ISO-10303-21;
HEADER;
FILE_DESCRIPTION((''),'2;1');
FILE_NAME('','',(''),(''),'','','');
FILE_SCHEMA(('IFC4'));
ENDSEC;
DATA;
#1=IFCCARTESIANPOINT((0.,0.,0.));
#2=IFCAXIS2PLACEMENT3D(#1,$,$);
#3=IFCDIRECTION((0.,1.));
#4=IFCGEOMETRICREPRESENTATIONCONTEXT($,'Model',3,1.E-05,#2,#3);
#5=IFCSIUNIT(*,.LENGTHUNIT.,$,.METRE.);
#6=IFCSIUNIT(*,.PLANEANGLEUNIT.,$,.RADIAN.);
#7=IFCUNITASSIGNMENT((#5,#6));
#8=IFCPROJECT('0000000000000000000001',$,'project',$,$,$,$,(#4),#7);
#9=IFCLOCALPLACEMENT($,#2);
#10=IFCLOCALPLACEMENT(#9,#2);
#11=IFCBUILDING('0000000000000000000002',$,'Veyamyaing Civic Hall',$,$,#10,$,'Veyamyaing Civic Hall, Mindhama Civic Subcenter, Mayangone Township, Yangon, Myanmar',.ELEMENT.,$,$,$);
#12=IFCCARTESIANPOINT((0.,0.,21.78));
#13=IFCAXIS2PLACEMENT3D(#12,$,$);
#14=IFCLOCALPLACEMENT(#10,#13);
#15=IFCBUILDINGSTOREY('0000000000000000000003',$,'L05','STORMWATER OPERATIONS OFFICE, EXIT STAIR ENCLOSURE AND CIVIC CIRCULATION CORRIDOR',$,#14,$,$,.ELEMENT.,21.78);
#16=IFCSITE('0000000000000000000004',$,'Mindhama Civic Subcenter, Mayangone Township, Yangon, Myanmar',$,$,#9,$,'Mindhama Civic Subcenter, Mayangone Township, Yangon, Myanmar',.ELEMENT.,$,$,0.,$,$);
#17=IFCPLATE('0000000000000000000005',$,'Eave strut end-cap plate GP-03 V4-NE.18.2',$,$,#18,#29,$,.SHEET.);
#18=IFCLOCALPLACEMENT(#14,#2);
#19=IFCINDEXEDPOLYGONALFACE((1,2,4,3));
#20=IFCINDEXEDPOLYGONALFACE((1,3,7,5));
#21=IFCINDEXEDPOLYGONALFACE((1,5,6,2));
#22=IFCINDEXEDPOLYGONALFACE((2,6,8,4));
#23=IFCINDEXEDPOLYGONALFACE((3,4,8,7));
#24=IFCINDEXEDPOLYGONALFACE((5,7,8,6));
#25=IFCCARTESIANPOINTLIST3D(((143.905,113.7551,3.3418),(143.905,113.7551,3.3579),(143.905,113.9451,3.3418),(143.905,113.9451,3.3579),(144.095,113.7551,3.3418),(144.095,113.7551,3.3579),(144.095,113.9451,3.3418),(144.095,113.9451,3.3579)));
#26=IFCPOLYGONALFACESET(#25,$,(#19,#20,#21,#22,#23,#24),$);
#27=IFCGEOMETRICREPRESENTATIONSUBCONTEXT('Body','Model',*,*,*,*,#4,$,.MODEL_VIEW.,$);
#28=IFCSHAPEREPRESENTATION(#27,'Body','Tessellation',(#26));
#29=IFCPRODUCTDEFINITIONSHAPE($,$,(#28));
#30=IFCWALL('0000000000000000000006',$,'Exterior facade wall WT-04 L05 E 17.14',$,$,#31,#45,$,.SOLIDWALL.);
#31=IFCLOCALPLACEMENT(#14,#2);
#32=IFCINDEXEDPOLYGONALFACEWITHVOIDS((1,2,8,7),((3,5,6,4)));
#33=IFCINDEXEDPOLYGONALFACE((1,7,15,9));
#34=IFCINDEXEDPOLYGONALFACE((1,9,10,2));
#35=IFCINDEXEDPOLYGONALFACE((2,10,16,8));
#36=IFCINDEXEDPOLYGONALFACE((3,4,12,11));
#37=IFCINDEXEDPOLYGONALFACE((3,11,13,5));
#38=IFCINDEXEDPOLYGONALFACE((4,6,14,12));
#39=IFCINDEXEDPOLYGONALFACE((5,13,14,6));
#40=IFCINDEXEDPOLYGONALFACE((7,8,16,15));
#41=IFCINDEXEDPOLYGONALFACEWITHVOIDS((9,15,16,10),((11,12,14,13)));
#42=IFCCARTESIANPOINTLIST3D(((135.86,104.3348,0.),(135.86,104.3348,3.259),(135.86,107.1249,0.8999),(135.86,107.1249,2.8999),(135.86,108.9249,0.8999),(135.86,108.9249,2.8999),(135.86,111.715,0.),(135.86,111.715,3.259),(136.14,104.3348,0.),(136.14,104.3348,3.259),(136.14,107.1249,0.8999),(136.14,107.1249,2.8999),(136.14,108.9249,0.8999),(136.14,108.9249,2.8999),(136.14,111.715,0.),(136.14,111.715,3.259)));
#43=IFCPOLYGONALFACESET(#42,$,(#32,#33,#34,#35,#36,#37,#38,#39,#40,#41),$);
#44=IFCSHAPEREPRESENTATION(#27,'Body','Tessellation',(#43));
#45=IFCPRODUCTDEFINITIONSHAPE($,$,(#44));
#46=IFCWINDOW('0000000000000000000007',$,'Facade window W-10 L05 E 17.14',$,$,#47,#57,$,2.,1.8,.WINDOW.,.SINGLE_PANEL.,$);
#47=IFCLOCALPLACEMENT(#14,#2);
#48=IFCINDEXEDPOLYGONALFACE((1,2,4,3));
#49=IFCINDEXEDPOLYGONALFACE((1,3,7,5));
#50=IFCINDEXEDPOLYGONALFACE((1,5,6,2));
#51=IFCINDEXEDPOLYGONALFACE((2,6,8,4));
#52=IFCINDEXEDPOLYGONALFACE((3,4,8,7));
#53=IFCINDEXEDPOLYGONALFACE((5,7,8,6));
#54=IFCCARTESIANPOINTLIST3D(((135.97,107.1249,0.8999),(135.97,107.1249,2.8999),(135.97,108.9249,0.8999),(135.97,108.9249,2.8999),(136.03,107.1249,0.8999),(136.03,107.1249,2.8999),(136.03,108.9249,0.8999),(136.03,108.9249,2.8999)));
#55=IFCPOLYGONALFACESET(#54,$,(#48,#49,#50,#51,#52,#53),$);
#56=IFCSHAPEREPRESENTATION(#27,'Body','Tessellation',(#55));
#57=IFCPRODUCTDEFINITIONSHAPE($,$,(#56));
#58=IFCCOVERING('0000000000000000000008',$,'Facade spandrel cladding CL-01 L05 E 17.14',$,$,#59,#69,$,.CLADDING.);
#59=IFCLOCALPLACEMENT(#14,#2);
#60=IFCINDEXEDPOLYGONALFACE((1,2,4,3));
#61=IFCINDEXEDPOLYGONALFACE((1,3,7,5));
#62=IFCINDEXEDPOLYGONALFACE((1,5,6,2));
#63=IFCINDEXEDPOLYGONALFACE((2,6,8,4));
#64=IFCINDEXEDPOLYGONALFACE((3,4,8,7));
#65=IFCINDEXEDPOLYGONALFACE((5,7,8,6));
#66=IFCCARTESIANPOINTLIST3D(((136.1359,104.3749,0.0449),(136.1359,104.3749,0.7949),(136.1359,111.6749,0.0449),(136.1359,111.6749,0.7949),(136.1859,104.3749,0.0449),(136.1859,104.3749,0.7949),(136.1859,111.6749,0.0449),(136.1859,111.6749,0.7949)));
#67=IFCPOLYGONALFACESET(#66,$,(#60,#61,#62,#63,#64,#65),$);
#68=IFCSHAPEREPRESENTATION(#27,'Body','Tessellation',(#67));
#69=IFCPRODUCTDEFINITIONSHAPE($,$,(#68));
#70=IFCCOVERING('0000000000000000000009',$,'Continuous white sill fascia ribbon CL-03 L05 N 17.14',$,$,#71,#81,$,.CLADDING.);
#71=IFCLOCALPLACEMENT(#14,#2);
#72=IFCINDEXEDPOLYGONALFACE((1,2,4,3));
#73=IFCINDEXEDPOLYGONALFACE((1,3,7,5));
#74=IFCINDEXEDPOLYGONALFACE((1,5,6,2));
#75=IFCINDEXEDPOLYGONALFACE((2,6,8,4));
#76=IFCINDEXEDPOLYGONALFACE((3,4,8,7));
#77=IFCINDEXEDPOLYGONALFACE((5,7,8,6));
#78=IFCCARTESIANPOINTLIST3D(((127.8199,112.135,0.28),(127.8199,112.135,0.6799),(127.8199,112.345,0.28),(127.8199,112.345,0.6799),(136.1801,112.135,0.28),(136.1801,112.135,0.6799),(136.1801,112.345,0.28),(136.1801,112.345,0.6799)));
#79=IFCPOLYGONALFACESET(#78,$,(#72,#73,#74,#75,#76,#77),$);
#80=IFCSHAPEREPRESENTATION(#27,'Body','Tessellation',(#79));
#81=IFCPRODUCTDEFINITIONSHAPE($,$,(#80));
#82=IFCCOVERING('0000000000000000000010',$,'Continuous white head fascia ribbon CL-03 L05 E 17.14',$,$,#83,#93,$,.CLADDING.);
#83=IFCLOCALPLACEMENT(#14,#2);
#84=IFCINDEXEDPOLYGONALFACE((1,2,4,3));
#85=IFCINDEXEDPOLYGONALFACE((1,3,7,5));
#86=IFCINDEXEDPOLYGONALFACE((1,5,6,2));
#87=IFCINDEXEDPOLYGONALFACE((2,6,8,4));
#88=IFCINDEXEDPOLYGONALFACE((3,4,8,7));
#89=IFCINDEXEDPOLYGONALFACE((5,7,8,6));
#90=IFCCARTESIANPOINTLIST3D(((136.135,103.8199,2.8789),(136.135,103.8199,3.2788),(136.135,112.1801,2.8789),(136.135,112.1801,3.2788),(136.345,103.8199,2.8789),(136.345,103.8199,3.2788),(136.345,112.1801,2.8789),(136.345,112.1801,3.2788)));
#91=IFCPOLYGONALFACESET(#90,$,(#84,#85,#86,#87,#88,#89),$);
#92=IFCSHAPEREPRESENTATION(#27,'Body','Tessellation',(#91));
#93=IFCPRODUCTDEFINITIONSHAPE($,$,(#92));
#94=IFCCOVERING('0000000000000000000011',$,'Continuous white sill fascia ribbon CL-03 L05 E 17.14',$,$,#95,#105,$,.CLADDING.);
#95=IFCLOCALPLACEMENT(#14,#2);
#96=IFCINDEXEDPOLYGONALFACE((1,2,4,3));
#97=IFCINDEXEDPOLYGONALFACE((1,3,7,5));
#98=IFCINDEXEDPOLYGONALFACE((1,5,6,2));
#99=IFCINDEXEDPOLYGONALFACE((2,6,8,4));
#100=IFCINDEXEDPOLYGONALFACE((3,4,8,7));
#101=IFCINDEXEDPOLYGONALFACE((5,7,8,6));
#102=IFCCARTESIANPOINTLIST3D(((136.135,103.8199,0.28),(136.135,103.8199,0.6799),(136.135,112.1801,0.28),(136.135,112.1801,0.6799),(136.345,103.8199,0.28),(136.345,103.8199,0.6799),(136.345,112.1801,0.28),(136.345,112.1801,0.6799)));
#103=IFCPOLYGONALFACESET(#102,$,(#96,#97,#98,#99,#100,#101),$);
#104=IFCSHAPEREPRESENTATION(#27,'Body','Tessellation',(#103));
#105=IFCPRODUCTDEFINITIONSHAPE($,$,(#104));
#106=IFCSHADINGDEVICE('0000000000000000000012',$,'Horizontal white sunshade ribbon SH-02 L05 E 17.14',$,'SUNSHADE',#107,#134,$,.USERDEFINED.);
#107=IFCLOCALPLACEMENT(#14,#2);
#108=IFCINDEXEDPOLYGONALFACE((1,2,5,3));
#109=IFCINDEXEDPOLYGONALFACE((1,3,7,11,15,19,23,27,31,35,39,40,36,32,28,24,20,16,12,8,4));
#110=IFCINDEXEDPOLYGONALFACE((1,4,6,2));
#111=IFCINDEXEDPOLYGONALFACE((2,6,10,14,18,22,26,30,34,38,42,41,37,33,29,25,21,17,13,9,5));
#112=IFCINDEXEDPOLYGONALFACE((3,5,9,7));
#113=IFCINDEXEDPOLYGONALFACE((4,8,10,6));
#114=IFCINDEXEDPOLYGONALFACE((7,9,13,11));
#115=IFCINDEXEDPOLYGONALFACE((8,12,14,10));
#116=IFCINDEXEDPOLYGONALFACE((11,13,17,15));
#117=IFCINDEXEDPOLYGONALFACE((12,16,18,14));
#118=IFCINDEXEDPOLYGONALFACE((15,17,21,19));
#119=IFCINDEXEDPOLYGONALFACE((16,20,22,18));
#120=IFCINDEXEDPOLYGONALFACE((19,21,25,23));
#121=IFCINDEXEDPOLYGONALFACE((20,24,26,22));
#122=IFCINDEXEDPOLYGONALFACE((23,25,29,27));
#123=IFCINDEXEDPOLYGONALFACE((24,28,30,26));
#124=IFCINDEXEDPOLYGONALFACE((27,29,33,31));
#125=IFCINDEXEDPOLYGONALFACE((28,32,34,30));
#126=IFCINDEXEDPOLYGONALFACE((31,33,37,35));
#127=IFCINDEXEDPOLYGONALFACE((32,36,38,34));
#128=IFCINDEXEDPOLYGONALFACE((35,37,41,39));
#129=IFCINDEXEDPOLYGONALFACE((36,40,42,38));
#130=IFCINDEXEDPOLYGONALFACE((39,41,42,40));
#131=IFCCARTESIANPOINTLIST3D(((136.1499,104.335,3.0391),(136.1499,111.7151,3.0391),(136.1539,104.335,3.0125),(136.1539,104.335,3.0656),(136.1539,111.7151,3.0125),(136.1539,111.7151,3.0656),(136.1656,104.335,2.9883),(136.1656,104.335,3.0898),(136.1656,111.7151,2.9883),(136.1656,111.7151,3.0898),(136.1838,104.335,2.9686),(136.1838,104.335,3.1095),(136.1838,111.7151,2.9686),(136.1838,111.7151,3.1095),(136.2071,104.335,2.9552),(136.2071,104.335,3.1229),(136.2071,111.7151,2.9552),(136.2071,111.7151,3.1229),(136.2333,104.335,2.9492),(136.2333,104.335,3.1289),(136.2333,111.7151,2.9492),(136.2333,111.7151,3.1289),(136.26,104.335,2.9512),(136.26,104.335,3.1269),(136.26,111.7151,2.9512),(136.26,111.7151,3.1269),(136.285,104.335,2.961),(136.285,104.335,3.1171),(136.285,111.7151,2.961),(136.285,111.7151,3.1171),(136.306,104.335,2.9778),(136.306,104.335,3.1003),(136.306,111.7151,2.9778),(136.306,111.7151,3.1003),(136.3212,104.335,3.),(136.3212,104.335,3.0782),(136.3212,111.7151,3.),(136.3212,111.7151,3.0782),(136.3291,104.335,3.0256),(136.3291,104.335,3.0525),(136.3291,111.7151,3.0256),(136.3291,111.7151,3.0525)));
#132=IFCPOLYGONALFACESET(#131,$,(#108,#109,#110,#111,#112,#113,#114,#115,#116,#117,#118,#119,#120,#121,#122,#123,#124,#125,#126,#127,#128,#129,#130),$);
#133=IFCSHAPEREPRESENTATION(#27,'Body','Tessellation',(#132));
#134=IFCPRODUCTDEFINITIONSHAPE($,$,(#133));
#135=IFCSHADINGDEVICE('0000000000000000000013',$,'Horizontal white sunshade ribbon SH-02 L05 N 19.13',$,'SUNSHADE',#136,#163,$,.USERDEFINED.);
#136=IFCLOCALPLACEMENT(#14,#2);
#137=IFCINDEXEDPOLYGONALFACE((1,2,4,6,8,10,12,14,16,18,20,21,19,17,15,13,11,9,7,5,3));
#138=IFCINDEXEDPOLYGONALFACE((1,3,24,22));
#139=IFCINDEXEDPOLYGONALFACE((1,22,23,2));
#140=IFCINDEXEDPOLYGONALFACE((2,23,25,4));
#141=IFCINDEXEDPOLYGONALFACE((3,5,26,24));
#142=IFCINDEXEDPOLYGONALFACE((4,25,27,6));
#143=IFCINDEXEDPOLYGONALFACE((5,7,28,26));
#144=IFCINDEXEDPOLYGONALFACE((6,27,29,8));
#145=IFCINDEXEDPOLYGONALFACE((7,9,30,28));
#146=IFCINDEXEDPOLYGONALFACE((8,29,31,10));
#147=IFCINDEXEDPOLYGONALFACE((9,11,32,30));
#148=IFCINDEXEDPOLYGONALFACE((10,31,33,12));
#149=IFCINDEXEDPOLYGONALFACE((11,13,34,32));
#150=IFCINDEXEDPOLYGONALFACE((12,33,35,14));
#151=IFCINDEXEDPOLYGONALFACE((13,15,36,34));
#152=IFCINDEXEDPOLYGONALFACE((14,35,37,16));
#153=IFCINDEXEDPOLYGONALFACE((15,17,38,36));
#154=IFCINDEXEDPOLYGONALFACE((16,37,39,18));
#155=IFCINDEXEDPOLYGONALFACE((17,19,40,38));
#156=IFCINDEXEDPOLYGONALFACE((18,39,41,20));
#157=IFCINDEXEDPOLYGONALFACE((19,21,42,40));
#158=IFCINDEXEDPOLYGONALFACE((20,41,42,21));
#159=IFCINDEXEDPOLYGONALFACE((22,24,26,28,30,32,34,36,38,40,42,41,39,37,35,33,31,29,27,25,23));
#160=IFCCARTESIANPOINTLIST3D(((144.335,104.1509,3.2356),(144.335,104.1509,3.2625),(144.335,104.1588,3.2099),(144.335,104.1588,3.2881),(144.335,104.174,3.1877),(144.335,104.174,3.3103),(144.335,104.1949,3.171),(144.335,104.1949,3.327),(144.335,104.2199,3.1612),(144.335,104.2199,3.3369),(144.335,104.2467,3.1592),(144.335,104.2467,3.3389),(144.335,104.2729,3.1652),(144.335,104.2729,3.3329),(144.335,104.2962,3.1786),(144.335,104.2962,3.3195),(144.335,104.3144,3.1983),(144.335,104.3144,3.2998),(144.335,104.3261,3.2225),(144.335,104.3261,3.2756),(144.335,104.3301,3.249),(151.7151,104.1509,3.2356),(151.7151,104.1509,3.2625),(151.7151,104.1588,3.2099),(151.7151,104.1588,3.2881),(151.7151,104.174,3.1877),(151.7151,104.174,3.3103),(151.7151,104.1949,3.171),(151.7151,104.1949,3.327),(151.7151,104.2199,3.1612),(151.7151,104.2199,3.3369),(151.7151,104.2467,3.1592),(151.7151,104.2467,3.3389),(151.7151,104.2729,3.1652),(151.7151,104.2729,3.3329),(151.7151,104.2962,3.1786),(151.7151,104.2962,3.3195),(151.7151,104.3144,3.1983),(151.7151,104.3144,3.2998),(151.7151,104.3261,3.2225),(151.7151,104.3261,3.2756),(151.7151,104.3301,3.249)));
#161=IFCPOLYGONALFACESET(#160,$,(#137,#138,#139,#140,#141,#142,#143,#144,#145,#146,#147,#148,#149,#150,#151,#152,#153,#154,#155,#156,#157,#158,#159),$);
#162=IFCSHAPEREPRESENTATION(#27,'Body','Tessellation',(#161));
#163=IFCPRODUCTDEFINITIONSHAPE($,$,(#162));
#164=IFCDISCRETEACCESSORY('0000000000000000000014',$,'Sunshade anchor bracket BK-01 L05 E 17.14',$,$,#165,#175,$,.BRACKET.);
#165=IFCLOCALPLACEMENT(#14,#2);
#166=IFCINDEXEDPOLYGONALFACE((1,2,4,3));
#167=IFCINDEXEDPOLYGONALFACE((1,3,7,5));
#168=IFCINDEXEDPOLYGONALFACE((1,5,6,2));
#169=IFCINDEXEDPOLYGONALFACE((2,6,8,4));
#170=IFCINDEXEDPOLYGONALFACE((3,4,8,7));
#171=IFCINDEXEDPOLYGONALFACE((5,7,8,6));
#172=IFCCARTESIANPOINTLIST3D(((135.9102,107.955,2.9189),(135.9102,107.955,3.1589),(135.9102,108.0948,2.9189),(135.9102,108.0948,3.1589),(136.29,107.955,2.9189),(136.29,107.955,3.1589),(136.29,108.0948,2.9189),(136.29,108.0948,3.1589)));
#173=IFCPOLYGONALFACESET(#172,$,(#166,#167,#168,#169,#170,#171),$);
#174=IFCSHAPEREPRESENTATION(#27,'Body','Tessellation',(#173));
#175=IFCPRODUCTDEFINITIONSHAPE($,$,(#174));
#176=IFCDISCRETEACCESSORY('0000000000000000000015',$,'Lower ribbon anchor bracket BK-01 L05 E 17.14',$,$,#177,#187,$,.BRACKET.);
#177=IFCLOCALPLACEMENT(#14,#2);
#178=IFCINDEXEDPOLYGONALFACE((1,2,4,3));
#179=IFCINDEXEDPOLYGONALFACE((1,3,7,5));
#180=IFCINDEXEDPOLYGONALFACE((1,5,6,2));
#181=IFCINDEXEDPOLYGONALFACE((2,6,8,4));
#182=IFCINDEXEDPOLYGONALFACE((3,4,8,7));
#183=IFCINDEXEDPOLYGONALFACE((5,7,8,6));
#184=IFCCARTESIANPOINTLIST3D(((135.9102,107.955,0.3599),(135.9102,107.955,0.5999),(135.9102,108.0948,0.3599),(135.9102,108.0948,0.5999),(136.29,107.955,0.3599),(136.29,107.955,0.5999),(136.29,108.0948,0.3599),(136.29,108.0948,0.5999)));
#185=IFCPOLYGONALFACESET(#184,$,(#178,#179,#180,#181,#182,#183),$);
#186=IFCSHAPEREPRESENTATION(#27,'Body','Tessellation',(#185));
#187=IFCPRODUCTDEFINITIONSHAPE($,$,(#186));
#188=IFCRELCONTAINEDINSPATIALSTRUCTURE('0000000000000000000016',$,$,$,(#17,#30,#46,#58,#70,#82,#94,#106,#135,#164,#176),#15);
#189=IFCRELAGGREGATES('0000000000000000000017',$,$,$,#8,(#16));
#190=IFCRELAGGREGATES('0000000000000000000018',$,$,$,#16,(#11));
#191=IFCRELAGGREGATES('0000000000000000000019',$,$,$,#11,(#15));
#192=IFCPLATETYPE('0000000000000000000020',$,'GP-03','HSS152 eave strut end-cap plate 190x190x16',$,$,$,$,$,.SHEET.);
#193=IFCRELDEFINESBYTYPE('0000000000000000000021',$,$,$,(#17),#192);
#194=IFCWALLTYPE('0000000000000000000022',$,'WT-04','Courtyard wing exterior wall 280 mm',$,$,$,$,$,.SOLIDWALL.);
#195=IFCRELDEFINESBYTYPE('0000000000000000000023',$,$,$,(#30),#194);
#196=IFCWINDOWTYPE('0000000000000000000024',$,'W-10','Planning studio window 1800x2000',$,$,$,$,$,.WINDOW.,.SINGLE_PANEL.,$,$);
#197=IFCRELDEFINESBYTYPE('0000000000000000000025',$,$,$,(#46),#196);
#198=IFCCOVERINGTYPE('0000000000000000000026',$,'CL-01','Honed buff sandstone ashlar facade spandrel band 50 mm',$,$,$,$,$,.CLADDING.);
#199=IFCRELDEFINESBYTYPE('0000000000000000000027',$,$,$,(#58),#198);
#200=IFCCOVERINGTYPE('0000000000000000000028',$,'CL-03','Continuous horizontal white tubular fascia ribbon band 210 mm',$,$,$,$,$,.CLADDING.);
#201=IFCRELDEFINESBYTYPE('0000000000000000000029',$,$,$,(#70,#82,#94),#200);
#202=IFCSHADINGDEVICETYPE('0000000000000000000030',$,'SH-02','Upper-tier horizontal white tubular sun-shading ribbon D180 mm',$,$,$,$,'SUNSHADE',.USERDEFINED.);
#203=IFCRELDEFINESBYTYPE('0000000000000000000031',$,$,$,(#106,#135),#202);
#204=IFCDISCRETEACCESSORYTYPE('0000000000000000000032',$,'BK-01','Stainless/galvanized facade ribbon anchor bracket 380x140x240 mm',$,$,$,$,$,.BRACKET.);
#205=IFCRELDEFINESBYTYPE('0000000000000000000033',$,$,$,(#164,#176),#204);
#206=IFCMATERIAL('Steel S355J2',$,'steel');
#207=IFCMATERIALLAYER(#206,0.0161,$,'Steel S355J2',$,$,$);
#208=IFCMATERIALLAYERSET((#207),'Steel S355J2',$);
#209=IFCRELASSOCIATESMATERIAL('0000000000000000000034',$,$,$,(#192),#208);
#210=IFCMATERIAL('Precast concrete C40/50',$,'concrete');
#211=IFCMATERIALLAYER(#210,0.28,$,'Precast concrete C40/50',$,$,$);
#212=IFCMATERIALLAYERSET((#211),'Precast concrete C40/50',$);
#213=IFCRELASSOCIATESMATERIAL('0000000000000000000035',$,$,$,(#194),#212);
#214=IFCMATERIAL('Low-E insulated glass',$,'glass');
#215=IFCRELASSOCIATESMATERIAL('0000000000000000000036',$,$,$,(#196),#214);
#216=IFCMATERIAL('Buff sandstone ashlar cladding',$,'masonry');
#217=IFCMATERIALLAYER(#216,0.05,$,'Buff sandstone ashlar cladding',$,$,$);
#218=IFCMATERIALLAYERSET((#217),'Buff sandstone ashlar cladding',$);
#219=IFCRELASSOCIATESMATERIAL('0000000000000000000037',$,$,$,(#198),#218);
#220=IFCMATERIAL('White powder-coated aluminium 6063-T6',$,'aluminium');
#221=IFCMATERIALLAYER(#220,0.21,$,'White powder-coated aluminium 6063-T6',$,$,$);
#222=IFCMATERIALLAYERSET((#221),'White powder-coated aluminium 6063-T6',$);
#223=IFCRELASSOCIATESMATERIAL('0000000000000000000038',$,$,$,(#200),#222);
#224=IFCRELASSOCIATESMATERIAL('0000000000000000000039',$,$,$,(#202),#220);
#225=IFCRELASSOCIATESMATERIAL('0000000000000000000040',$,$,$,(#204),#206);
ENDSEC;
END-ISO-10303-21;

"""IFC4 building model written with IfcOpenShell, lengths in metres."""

from ifc_helpers import new_model, si_unit, direction, frame, frame_2d, origin, origin_2d, place, context, subcontext, project, spatial, rectangle, circle, extrude, material, layer, layer_set, material_profile, profile_set, type_object, element, fill, save


model = new_model("IFC4")

# Units and contexts
model_context = context("Model", 3, precision=1e-05, world=origin(), true_north=direction((0.0, 1.0)))
body_context = subcontext(model_context, "Body", "Model", "MODEL_VIEW")
ifc_project = project(units=[si_unit("LENGTHUNIT", "METRE"), si_unit("PLANEANGLEUNIT", "RADIAN")], contexts=[model_context])

# Site, building, storey
site_placement = place(None, origin())
site = spatial("IfcSite", under=ifc_project, at=site_placement, Name="Mindhama Civic Subcenter, Mayangone Township, Yangon, Myanmar", LongName="Mindhama Civic Subcenter, Mayangone Township, Yangon, Myanmar", CompositionType="ELEMENT", RefElevation=0.0)
building_placement = place(site_placement, origin())
building = spatial("IfcBuilding", under=site, at=building_placement, Name="Veyamyaing Civic Hall", LongName="Veyamyaing Civic Hall, Mindhama Civic Subcenter, Mayangone Township, Yangon, Myanmar", CompositionType="ELEMENT")
storey_placement = place(building_placement, frame((0.0, 0.0, 21.78)))
storey = spatial("IfcBuildingStorey", under=building, at=storey_placement, Name="L05", Description="STORMWATER OPERATIONS OFFICE, EXIT STAIR ENCLOSURE AND CIVIC CIRCULATION CORRIDOR", CompositionType="ELEMENT", Elevation=21.78)

# Shared definitions
ifc_material_1 = material(Name="Steel S355J2", Category="steel")

# Shared definitions
ifc_material_2 = material(Name="Low-E insulated glass", Category="glass")

# Plate
ifc_layer_1 = layer(ifc_material_1, 0.0161, Name="Steel S355J2")
ifc_layer_set_1 = layer_set([ifc_layer_1], Name="Steel S355J2")
plate_type_1 = type_object("IfcPlateType", Name="GP-03", Description="HSS152 eave strut end-cap plate 190x190x16", PredefinedType="SHEET", material=ifc_layer_set_1)
for number, where, z_axis, x_axis, name in (
    (1, (144.0, 113.8501, 3.3418), (0.0, 0.0, 1.0), (0.0, 1.0, 0.0), "Eave strut end-cap plate GP-03 V4-NE.18.2"),
):
    element("IfcPlate", number, at=place(storey_placement, frame(where, z_axis=z_axis, x_axis=x_axis)), inside=storey, type_object=plate_type_1, Name=name, PredefinedType="SHEET", context=body_context, shape_type="SweptSolid", body=[
        extrude(rectangle(XDim=0.1899, YDim=0.1899, at=origin_2d()), origin(), (0.0, 0.0, 1.0), 0.0161),
    ])

# Wall, opening, window
ifc_material_3 = material(Name="Precast concrete C40/50", Category="concrete")
ifc_layer_2 = layer(ifc_material_3, 0.28, Name="Precast concrete C40/50")
ifc_layer_set_2 = layer_set([ifc_layer_2], Name="Precast concrete C40/50")
wall_type = type_object("IfcWallType", Name="WT-04", Description="Courtyard wing exterior wall 280 mm", PredefinedType="SOLIDWALL", material=ifc_layer_set_2)
wall_placement = place(storey_placement, frame((136.0, 104.335, 0.0), z_axis=(0.0, 0.0, 1.0), x_axis=(0.0, 1.0, 0.0)))
wall = element("IfcWall", 2, at=wall_placement, inside=storey, type_object=wall_type, Name="Exterior facade wall WT-04 L05 E 17.14", PredefinedType="SOLIDWALL", context=body_context, shape_type="SweptSolid", body=[
    extrude(rectangle(XDim=7.3801, YDim=0.28, at=frame_2d((3.6899, 0.0))), origin(), (0.0, 0.0, 1.0), 3.259),
])
opening_placement = place(wall_placement, frame((2.79, 0.0, 0.8999)))
opening = element("IfcOpeningElement", 3, at=opening_placement, cuts=wall, PredefinedType="OPENING", context=body_context, shape_type="SweptSolid", body=[
    extrude(rectangle(XDim=1.8, YDim=2.0, at=frame_2d((0.8999, 1.0))), frame((0.0, 0.1499, 0.0), z_axis=(0.0, -1.0, 0.0), x_axis=(1.0, 0.0, 0.0)), (0.0, 0.0, 1.0), 0.3),
])
window_type = type_object("IfcWindowType", Name="W-10", Description="Planning studio window 1800x2000", PartitioningType="SINGLE_PANEL", PredefinedType="WINDOW", material=ifc_material_2)
window_placement = place(opening_placement, origin())
window = element("IfcWindow", 4, at=window_placement, inside=storey, type_object=window_type, Name="Facade window W-10 L05 E 17.14", OverallHeight=2.0, OverallWidth=1.8, PartitioningType="SINGLE_PANEL", PredefinedType="WINDOW", context=body_context, shape_type="SweptSolid", body=[
    extrude(rectangle(XDim=1.8, YDim=2.0, at=frame_2d((0.8999, 1.0))), frame((0.0, 0.03, 0.0), z_axis=(0.0, -1.0, 0.0), x_axis=(1.0, 0.0, 0.0)), (0.0, 0.0, 1.0), 0.0601),
])
fill(opening, window)

# Coverings
ifc_material_4 = material(Name="Buff sandstone ashlar cladding", Category="masonry")
ifc_layer_3 = layer(ifc_material_4, 0.05, Name="Buff sandstone ashlar cladding")
ifc_layer_set_3 = layer_set([ifc_layer_3], Name="Buff sandstone ashlar cladding")
covering_type_1 = type_object("IfcCoveringType", Name="CL-01", Description="Honed buff sandstone ashlar facade spandrel band 50 mm", PredefinedType="CLADDING", material=ifc_layer_set_3)
covering_placement = place(storey_placement, frame((136.1609, 108.0249, 0.0449), z_axis=(0.0, 0.0, 1.0), x_axis=(0.0, 1.0, 0.0)))
element("IfcCovering", 5, at=covering_placement, inside=storey, type_object=covering_type_1, Name="Facade spandrel cladding CL-01 L05 E 17.14", PredefinedType="CLADDING", context=body_context, shape_type="SweptSolid", body=[
    extrude(rectangle(XDim=7.3, YDim=0.05, at=origin_2d()), origin(), (0.0, 0.0, 1.0), 0.75),
])
ifc_material_5 = material(Name="White powder-coated aluminium 6063-T6", Category="aluminium")
ifc_layer_4 = layer(ifc_material_5, 0.21, Name="White powder-coated aluminium 6063-T6")
ifc_layer_set_4 = layer_set([ifc_layer_4], Name="White powder-coated aluminium 6063-T6")
covering_type_2 = type_object("IfcCoveringType", Name="CL-03", Description="Continuous horizontal white tubular fascia ribbon band 210 mm", PredefinedType="CLADDING", material=ifc_layer_set_4)
for number, where, z_axis, x_axis, name in (
    (6, (132.0, 112.24, 0.28), (0.0, 0.0, 1.0), (1.0, 0.0, 0.0), "Continuous white sill fascia ribbon CL-03 L05 N 17.14"),
    (7, (136.24, 108.0, 2.8789), (0.0, 0.0, 1.0), (0.0, 1.0, 0.0), "Continuous white head fascia ribbon CL-03 L05 E 17.14"),
    (8, (136.24, 108.0, 0.28), (0.0, 0.0, 1.0), (0.0, 1.0, 0.0), "Continuous white sill fascia ribbon CL-03 L05 E 17.14"),
):
    element("IfcCovering", number, at=place(storey_placement, frame(where, z_axis=z_axis, x_axis=x_axis)), inside=storey, type_object=covering_type_2, Name=name, PredefinedType="CLADDING", context=body_context, shape_type="SweptSolid", body=[
        extrude(rectangle(XDim=8.3601, YDim=0.21, at=origin_2d()), origin(), (0.0, 0.0, 1.0), 0.3999),
    ])

# Shading devices
ifc_material_profile_1 = material_profile(ifc_material_5, circle(Radius=0.0901, at=origin_2d()), Name="SHADE-TUBE-180")
ifc_profile_set_1 = profile_set([ifc_material_profile_1], Name="White powder-coated aluminium 6063-T6")
shading_device_type = type_object("IfcShadingDeviceType", Name="SH-02", Description="Upper-tier horizontal white tubular sun-shading ribbon D180 mm", ElementType="SUNSHADE", PredefinedType="USERDEFINED", material=ifc_profile_set_1)
for number, where, z_axis, x_axis, name in (
    (9, (136.24, 104.335, 3.0391), (0.0, 1.0, 0.0), (-1.0, 0.0, 0.0), "Horizontal white sunshade ribbon SH-02 L05 E 17.14"),
    (10, (144.335, 104.24, 3.249), (1.0, 0.0, 0.0), (0.0, 1.0, 0.0), "Horizontal white sunshade ribbon SH-02 L05 N 19.13"),
):
    element("IfcShadingDevice", number, at=place(storey_placement, frame(where, z_axis=z_axis, x_axis=x_axis)), inside=storey, type_object=shading_device_type, Name=name, ObjectType="SUNSHADE", PredefinedType="USERDEFINED", context=body_context, shape_type="SweptSolid", body=[
        extrude(circle(Radius=0.0901, at=origin_2d()), origin(), (0.0, 0.0, 1.0), 7.3801),
    ])

# Discrete accessories
discrete_accessory_type = type_object("IfcDiscreteAccessoryType", Name="BK-01", Description="Stainless/galvanized facade ribbon anchor bracket 380x140x240 mm", PredefinedType="BRACKET", material=ifc_material_1)
for number, where, z_axis, x_axis, name in (
    (11, (136.1001, 108.0249, 2.9189), (0.0, 0.0, 1.0), (1.0, 0.0, 0.0), "Sunshade anchor bracket BK-01 L05 E 17.14"),
    (12, (136.1001, 108.0249, 0.3599), (0.0, 0.0, 1.0), (1.0, 0.0, 0.0), "Lower ribbon anchor bracket BK-01 L05 E 17.14"),
):
    element("IfcDiscreteAccessory", number, at=place(storey_placement, frame(where, z_axis=z_axis, x_axis=x_axis)), inside=storey, type_object=discrete_accessory_type, Name=name, PredefinedType="BRACKET", context=body_context, shape_type="SweptSolid", body=[
        extrude(rectangle(XDim=0.3799, YDim=0.1399, at=origin_2d()), origin(), (0.0, 0.0, 1.0), 0.24),
    ])

save(model, "model.ifc")
